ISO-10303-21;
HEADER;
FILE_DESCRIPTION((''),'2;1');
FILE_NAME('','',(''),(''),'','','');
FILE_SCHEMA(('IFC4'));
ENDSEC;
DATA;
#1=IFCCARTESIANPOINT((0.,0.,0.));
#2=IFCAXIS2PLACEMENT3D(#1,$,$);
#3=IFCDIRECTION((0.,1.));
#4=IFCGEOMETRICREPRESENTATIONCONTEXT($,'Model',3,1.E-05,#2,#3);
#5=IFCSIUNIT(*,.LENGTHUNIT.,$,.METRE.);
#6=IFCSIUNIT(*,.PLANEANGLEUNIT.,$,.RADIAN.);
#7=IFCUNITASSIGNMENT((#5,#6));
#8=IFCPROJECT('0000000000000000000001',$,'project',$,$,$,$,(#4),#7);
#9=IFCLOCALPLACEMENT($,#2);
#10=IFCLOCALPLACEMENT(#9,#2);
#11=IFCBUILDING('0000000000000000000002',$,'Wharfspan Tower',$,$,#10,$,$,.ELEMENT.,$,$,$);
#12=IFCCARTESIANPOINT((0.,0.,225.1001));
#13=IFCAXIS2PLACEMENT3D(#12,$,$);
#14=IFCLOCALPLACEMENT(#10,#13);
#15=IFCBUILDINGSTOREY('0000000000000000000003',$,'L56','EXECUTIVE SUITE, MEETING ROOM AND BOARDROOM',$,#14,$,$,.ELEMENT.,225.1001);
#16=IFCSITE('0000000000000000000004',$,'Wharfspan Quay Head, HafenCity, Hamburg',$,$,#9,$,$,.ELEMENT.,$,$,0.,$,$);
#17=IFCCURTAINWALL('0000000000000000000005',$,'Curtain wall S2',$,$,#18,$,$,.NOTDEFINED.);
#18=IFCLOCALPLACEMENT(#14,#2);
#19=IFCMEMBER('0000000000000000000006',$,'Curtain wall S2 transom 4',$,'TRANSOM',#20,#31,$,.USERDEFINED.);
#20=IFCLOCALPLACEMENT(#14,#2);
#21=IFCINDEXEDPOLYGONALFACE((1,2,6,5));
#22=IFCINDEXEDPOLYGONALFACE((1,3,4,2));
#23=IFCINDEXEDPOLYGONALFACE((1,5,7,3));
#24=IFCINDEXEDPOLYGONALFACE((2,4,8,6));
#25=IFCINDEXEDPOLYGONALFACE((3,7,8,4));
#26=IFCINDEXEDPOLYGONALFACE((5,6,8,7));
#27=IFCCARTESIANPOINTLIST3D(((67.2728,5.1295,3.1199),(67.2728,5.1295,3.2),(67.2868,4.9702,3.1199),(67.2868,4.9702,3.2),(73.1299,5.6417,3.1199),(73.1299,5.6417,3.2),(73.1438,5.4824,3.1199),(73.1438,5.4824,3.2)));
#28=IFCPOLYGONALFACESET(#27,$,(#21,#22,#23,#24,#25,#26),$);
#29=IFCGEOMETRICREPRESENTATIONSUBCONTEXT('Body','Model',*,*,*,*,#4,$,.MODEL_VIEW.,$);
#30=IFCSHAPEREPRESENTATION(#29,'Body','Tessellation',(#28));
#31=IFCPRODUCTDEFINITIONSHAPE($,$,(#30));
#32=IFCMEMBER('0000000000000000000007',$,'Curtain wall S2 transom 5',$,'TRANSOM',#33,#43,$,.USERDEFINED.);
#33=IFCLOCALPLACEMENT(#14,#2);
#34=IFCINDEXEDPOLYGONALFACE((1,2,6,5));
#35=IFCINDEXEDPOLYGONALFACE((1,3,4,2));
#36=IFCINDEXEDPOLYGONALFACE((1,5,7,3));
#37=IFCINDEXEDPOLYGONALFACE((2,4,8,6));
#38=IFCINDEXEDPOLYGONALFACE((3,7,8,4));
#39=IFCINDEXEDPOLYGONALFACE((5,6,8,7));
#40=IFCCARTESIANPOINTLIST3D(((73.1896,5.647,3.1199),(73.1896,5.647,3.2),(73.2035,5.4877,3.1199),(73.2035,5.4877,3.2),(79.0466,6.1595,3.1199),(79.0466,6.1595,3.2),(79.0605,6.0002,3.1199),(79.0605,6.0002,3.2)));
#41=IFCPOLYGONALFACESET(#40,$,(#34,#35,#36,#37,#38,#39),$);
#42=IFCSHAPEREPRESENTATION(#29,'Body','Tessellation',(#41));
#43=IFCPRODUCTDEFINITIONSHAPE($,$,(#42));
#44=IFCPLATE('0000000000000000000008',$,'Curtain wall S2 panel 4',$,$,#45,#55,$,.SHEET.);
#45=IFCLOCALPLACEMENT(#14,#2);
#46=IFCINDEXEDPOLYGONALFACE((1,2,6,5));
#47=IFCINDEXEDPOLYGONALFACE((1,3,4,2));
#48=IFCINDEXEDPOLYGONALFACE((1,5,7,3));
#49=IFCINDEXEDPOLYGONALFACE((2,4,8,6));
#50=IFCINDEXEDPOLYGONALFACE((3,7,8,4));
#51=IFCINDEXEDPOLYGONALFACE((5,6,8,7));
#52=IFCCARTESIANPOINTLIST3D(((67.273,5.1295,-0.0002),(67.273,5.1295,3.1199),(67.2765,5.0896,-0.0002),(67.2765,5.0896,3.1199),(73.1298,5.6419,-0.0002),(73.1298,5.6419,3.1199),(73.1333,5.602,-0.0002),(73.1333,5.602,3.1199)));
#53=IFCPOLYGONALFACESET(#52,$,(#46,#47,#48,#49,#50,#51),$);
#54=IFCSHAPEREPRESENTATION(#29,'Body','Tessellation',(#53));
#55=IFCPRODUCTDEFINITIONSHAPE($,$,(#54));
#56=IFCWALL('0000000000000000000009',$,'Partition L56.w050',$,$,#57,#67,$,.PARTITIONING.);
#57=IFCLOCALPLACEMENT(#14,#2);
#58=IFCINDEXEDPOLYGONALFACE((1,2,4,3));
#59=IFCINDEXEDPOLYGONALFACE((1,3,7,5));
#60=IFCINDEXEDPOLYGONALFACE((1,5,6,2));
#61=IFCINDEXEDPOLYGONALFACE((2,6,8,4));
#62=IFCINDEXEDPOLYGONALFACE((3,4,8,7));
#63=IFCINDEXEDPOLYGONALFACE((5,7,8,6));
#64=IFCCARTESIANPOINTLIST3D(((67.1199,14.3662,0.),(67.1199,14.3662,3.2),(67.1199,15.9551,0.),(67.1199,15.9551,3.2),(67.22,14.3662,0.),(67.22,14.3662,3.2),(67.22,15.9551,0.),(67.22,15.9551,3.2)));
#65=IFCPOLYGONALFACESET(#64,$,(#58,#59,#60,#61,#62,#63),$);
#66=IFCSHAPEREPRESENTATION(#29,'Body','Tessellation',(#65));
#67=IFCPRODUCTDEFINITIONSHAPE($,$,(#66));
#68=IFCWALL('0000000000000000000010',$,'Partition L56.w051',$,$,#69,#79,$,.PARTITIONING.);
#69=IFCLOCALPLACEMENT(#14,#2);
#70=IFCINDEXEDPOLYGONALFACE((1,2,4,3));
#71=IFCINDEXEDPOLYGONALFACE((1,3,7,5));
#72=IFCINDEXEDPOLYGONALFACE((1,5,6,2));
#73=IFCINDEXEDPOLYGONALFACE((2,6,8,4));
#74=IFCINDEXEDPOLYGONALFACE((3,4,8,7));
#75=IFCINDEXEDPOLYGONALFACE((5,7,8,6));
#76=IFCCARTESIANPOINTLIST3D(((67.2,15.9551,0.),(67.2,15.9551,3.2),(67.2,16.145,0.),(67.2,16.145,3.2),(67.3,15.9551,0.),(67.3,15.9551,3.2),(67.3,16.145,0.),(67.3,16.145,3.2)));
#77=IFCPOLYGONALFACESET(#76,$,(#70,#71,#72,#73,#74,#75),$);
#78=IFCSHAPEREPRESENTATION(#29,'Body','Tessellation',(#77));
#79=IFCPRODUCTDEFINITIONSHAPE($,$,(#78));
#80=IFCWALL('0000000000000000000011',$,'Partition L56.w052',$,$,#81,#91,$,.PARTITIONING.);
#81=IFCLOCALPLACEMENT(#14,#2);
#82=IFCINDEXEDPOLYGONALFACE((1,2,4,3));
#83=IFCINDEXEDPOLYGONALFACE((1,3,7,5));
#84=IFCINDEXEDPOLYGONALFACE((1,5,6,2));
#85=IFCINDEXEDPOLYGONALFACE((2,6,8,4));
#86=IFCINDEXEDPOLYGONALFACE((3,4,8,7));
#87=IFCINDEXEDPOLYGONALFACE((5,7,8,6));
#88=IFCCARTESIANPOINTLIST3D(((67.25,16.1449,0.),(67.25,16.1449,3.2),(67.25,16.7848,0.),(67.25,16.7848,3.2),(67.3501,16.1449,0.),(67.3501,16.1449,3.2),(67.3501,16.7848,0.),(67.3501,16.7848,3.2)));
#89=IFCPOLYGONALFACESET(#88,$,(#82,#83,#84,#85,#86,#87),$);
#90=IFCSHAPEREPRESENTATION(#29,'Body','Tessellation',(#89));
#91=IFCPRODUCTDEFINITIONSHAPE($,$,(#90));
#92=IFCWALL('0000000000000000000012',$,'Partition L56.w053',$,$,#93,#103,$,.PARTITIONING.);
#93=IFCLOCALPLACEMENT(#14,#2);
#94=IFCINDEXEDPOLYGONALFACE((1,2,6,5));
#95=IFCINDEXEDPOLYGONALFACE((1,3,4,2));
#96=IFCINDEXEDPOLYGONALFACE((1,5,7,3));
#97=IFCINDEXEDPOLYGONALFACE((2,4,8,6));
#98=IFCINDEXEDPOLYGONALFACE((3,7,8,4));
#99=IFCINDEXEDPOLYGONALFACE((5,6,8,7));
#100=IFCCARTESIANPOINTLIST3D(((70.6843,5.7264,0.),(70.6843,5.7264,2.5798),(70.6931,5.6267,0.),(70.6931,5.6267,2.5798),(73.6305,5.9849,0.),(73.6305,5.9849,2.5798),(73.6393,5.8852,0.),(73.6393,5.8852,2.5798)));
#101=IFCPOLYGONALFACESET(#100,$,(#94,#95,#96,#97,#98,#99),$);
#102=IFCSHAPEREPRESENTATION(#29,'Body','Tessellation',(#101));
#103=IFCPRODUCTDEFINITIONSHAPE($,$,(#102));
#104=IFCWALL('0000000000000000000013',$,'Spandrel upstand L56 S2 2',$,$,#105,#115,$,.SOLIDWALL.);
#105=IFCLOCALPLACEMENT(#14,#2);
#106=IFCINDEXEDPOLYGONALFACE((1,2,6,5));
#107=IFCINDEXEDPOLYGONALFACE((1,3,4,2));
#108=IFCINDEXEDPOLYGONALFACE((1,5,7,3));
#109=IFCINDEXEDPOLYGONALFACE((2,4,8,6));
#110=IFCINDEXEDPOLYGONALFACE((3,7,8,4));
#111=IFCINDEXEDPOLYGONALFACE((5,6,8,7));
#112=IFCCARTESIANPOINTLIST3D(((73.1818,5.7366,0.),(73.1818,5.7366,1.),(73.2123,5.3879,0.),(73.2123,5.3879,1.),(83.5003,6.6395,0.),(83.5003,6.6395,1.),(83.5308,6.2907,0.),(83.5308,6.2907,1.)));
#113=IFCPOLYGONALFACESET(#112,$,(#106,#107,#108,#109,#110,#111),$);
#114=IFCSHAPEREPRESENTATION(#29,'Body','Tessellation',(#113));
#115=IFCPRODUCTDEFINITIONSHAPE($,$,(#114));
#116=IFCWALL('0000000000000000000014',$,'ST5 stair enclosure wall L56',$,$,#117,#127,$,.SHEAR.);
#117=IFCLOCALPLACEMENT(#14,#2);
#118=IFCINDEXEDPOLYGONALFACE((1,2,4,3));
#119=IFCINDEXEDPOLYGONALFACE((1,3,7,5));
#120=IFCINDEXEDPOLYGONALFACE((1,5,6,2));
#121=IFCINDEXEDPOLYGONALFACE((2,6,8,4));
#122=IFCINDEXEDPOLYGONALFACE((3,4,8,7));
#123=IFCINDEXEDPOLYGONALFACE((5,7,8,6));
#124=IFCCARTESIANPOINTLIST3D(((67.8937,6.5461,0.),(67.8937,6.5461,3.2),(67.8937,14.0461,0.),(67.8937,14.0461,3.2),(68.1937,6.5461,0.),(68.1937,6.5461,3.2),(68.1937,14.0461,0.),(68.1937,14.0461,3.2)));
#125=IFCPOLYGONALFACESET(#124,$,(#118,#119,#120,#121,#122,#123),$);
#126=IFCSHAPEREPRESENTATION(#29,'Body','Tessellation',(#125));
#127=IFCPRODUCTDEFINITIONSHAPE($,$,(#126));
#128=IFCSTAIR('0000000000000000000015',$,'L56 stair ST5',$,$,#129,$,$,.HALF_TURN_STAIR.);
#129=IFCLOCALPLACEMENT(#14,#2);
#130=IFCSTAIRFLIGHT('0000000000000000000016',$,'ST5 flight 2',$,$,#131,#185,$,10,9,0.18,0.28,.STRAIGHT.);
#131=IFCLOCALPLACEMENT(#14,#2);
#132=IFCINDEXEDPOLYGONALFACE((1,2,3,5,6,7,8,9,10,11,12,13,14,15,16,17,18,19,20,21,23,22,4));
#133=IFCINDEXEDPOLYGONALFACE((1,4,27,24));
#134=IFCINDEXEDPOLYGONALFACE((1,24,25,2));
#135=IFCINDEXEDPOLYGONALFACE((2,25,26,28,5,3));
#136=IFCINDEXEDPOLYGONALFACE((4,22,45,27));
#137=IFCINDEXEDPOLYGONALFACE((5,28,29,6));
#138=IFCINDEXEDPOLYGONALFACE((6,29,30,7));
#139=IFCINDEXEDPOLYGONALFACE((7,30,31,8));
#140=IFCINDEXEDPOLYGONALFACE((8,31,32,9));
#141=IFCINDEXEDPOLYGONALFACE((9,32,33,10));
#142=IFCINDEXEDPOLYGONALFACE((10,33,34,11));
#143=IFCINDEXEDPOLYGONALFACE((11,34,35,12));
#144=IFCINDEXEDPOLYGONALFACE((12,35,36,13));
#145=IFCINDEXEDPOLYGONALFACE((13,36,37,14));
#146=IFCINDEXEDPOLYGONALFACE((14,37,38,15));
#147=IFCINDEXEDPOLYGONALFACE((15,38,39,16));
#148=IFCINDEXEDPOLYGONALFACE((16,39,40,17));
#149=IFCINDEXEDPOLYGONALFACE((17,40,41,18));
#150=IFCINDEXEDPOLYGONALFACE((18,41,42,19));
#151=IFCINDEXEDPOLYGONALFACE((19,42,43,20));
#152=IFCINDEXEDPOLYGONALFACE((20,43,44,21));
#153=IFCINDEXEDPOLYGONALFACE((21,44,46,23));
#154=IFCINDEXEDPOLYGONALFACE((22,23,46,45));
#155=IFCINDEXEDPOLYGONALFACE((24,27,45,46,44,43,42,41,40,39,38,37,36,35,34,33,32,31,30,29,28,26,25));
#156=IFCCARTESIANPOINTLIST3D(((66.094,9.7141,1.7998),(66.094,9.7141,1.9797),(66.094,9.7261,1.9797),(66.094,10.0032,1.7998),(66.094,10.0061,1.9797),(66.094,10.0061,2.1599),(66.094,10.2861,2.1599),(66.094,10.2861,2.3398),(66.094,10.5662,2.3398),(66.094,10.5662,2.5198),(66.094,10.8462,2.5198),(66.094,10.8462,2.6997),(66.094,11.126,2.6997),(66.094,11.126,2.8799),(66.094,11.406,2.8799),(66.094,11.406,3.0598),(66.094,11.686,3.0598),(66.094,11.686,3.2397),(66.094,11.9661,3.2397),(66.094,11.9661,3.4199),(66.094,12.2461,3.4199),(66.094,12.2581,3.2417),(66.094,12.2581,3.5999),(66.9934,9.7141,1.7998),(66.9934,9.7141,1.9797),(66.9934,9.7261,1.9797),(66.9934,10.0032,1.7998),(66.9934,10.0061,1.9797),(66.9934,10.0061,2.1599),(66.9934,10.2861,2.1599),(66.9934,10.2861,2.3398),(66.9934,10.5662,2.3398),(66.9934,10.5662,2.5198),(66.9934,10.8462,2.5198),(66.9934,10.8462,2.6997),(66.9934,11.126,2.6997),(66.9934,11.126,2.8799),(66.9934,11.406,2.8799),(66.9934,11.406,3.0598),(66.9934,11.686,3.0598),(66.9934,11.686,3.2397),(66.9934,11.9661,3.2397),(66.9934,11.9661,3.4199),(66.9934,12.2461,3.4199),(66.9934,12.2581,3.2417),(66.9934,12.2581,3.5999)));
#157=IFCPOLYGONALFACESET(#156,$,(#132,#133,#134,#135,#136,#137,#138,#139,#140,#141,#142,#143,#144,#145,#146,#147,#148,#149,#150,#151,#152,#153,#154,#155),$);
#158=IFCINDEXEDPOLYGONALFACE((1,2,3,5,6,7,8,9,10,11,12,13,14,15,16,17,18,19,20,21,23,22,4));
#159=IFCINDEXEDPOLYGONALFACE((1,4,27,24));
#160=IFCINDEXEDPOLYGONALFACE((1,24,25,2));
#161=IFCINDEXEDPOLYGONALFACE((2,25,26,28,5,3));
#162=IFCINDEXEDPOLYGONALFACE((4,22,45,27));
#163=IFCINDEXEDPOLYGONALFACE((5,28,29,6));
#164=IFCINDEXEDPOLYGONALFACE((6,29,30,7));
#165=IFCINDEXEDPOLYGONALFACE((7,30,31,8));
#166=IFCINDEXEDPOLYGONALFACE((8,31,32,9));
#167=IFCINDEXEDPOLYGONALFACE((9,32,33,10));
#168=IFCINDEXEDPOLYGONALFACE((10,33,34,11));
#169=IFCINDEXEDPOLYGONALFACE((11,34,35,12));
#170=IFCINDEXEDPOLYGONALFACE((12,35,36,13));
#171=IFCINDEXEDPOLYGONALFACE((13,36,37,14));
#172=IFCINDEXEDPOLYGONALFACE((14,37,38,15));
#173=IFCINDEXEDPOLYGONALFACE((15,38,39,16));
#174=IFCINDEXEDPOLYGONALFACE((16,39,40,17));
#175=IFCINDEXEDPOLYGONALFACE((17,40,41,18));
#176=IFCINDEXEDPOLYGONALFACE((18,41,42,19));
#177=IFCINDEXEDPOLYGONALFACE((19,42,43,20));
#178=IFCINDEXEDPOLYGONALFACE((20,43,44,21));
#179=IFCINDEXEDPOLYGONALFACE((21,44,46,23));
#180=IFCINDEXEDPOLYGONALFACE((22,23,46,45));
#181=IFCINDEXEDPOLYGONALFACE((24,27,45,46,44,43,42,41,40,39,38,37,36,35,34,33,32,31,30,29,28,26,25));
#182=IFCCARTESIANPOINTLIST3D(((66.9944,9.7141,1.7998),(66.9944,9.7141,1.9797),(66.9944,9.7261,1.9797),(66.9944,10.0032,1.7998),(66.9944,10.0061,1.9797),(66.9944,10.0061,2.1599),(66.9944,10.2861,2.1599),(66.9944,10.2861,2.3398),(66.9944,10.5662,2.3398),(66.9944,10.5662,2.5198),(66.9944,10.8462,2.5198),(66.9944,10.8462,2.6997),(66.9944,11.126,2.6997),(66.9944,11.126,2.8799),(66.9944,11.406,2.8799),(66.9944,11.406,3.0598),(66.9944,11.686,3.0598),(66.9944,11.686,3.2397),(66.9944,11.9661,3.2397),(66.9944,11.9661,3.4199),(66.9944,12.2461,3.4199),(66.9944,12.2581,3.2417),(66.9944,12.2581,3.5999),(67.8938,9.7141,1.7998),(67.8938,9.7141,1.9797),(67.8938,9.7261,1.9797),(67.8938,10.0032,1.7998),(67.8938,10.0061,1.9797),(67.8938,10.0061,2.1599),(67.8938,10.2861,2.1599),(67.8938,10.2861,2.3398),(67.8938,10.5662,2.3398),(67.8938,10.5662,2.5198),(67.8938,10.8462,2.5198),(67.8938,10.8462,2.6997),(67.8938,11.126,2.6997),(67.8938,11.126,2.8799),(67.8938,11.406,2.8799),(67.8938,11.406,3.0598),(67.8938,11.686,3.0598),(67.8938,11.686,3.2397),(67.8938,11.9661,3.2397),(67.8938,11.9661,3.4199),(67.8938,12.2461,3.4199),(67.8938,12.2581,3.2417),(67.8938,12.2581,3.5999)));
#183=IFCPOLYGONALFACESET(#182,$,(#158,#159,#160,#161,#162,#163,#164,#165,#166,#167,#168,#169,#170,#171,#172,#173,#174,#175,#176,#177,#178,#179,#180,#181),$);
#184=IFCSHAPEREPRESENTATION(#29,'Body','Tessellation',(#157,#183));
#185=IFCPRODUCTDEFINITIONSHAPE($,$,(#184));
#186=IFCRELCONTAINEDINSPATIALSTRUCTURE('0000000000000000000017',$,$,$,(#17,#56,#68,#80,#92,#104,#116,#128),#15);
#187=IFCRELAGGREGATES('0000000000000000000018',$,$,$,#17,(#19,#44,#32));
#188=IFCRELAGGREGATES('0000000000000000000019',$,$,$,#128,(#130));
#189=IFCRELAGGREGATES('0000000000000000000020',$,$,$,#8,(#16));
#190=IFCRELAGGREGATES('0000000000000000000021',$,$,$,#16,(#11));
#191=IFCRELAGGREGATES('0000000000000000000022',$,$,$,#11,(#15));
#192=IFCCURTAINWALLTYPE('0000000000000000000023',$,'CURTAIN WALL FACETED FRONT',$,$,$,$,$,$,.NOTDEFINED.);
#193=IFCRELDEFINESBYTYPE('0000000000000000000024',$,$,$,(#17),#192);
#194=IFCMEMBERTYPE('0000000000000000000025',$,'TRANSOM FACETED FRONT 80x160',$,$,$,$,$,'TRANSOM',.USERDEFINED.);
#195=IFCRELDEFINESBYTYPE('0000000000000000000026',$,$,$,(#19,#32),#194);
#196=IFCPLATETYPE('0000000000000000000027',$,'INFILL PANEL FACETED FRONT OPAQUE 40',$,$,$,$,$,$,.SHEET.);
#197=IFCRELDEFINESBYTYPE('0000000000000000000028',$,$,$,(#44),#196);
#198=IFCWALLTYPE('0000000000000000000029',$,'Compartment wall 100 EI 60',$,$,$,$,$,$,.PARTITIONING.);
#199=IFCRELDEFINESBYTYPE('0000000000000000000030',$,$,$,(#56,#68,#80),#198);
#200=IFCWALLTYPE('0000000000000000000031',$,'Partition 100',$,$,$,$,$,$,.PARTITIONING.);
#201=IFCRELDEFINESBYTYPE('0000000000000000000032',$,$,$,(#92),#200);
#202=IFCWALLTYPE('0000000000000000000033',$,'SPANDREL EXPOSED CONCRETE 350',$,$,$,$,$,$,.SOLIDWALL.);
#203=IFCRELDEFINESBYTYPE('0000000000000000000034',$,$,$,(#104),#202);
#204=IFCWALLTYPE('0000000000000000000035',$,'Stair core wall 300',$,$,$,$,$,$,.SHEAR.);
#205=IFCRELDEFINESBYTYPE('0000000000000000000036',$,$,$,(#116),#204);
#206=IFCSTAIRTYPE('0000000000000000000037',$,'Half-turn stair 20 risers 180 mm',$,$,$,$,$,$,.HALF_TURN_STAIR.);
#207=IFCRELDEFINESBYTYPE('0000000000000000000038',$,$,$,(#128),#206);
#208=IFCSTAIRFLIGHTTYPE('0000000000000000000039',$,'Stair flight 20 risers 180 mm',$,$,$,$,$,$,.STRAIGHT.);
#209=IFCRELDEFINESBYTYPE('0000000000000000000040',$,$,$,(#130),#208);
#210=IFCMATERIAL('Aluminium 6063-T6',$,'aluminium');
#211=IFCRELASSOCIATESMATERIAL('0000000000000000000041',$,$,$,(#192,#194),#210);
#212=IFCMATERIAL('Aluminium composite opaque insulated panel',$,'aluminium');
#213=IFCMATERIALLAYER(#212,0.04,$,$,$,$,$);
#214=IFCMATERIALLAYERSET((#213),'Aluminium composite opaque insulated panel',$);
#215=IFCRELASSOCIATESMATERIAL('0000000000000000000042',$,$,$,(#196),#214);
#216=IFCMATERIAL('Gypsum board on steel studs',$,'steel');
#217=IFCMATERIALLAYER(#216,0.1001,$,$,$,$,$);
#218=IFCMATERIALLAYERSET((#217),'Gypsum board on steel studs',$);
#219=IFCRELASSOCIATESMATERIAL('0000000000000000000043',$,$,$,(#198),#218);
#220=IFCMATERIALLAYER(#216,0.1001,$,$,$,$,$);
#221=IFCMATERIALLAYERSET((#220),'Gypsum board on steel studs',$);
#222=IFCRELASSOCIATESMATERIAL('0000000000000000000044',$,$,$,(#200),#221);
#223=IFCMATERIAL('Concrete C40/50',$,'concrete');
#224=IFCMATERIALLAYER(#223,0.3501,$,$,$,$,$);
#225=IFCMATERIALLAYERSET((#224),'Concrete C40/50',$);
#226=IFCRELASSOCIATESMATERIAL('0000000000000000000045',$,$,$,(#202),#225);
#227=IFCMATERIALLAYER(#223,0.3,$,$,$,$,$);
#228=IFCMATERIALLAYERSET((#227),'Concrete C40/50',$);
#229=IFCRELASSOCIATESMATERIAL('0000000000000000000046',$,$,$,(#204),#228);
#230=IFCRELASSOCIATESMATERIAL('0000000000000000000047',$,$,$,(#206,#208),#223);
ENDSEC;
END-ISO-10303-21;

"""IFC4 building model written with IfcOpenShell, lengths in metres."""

from ifc_helpers import new_model, si_unit, direction, frame, frame_2d, origin, origin_2d, place, context, subcontext, project, spatial, polyline, rectangle, outline, extrude, material, layer, layer_set, material_profile, profile_set, type_object, element, aggregate, save


model = new_model("IFC4")

# Units and contexts
model_context = context("Model", 3, precision=1e-05, world=origin(), true_north=direction((0.0, 1.0)))
body_context = subcontext(model_context, "Body", "Model", "MODEL_VIEW")
ifc_project = project(units=[si_unit("LENGTHUNIT", "METRE"), si_unit("PLANEANGLEUNIT", "RADIAN")], contexts=[model_context])

# Site, building, storey
site_placement = place(None, origin())
site = spatial("IfcSite", under=ifc_project, at=site_placement, Name="Wharfspan Quay Head, HafenCity, Hamburg", CompositionType="ELEMENT", RefElevation=0.0)
building_placement = place(site_placement, origin())
building = spatial("IfcBuilding", under=site, at=building_placement, Name="Wharfspan Tower", CompositionType="ELEMENT")
storey_placement = place(building_placement, frame((0.0, 0.0, 225.1001)))
storey = spatial("IfcBuildingStorey", under=building, at=storey_placement, Name="L56", Description="EXECUTIVE SUITE, MEETING ROOM AND BOARDROOM", CompositionType="ELEMENT", Elevation=225.1001)

# Curtain wall
ifc_material_1 = material(Name="Aluminium 6063-T6", Category="aluminium")
curtain_wall_type = type_object("IfcCurtainWallType", Name="CURTAIN WALL FACETED FRONT", PredefinedType="NOTDEFINED", material=ifc_material_1)
curtain_wall_placement = place(storey_placement, origin())
curtain_wall = element("IfcCurtainWall", 1, at=curtain_wall_placement, inside=storey, type_object=curtain_wall_type, Name="Curtain wall S2", PredefinedType="NOTDEFINED")

# Members
ifc_material_profile_1 = material_profile(ifc_material_1, rectangle(XDim=0.1599, YDim=0.0801, at=origin_2d()))
ifc_profile_set_1 = profile_set([ifc_material_profile_1], Name="Aluminium 6063-T6")
member_type_1 = type_object("IfcMemberType", Name="TRANSOM FACETED FRONT 80x160", ElementType="TRANSOM", PredefinedType="USERDEFINED", material=ifc_profile_set_1)
member_1_placement = place(storey_placement, frame((67.2798, 5.0498, 3.1599), z_axis=(0.996198, 0.087121, 0.0), x_axis=(-0.087121, 0.996198, 0.0)))
member_1 = element("IfcMember", 2, at=member_1_placement, type_object=member_type_1, Name="Curtain wall S2 transom 4", ObjectType="TRANSOM", PredefinedType="USERDEFINED", context=body_context, shape_type="SweptSolid", body=[
    extrude(rectangle(XDim=0.1599, YDim=0.0801, at=origin_2d()), origin(), (0.0, 0.0, 1.0), 5.8794),
])
member_2_placement = place(storey_placement, frame((73.1965, 5.5674, 3.1599), z_axis=(0.996194, 0.087162, 0.0), x_axis=(-0.087162, 0.996194, 0.0)))
member_2 = element("IfcMember", 3, at=member_2_placement, type_object=member_type_1, Name="Curtain wall S2 transom 5", ObjectType="TRANSOM", PredefinedType="USERDEFINED", context=body_context, shape_type="SweptSolid", body=[
    extrude(rectangle(XDim=0.1599, YDim=0.0801, at=origin_2d()), origin(), (0.0, 0.0, 1.0), 5.8794),
])

# Plate
ifc_material_2 = material(Name="Aluminium composite opaque insulated panel", Category="aluminium")
ifc_layer_1 = layer(ifc_material_2, 0.04)
ifc_layer_set_1 = layer_set([ifc_layer_1], Name="Aluminium composite opaque insulated panel")
plate_type = type_object("IfcPlateType", Name="INFILL PANEL FACETED FRONT OPAQUE 40", PredefinedType="SHEET", material=ifc_layer_set_1)
plate_placement = place(storey_placement, frame((70.2031, 5.3657, -0.0002), z_axis=(0.0, 0.0, 1.0), x_axis=(0.996197, 0.087156, 0.0)))
plate = element("IfcPlate", 4, at=plate_placement, type_object=plate_type, Name="Curtain wall S2 panel 4", PredefinedType="SHEET", context=body_context, shape_type="SweptSolid", body=[
    extrude(rectangle(XDim=5.8792, YDim=0.04, at=origin_2d()), origin(), (0.0, 0.0, 1.0), 3.1201),
])
aggregate(curtain_wall, [member_1, plate, member_2])

# Walls
ifc_material_3 = material(Name="Gypsum board on steel studs", Category="steel")
ifc_layer_2 = layer(ifc_material_3, 0.1001)
ifc_layer_set_2 = layer_set([ifc_layer_2], Name="Gypsum board on steel studs")
wall_type_1 = type_object("IfcWallType", Name="Compartment wall 100 EI 60", PredefinedType="PARTITIONING", material=ifc_layer_set_2)
wall_1_placement = place(storey_placement, frame((67.1699, 14.3662, 0.0), z_axis=(0.0, 0.0, 1.0), x_axis=(0.0, 1.0, 0.0)))
element("IfcWall", 5, at=wall_1_placement, inside=storey, type_object=wall_type_1, Name="Partition L56.w050", PredefinedType="PARTITIONING", context=body_context, shape_type="SweptSolid", body=[
    extrude(rectangle(XDim=1.5889, YDim=0.1001, at=frame_2d((0.7944, 0.0))), origin(), (0.0, 0.0, 1.0), 3.2),
])
wall_2_placement = place(storey_placement, frame((67.25, 15.9551, 0.0), z_axis=(0.0, 0.0, 1.0), x_axis=(0.0, 1.0, 0.0)))
element("IfcWall", 6, at=wall_2_placement, inside=storey, type_object=wall_type_1, Name="Partition L56.w051", PredefinedType="PARTITIONING", context=body_context, shape_type="SweptSolid", body=[
    extrude(rectangle(XDim=0.1899, YDim=0.1001, at=frame_2d((0.095, 0.0))), origin(), (0.0, 0.0, 1.0), 3.2),
])
wall_3_placement = place(storey_placement, frame((67.3, 16.145, 0.0), z_axis=(0.0, 0.0, 1.0), x_axis=(0.0, 1.0, 0.0)))
element("IfcWall", 7, at=wall_3_placement, inside=storey, type_object=wall_type_1, Name="Partition L56.w052", PredefinedType="PARTITIONING", context=body_context, shape_type="SweptSolid", body=[
    extrude(rectangle(XDim=0.6399, YDim=0.1001, at=frame_2d((0.3198, 0.0))), origin(), (0.0, 0.0, 1.0), 3.2),
])
ifc_layer_3 = layer(ifc_material_3, 0.1001)
ifc_layer_set_3 = layer_set([ifc_layer_3], Name="Gypsum board on steel studs")
wall_type_2 = type_object("IfcWallType", Name="Partition 100", PredefinedType="PARTITIONING", material=ifc_layer_set_3)
wall_4_placement = place(storey_placement, frame((70.6887, 5.6765, 0.0), z_axis=(0.0, 0.0, 1.0), x_axis=(0.996174, 0.087417, 0.0)))
element("IfcWall", 8, at=wall_4_placement, inside=storey, type_object=wall_type_2, Name="Partition L56.w053", PredefinedType="PARTITIONING", context=body_context, shape_type="SweptSolid", body=[
    extrude(rectangle(XDim=2.9575, YDim=0.1001, at=frame_2d((1.4788, 0.0))), origin(), (0.0, 0.0, 1.0), 2.5798),
])
ifc_material_4 = material(Name="Concrete C40/50", Category="concrete")
ifc_layer_4 = layer(ifc_material_4, 0.3501)
ifc_layer_set_4 = layer_set([ifc_layer_4], Name="Concrete C40/50")
wall_type_3 = type_object("IfcWallType", Name="SPANDREL EXPOSED CONCRETE 350", PredefinedType="SOLIDWALL", material=ifc_layer_set_4)
wall_5_placement = place(storey_placement, frame((73.197, 5.5623, 0.0), z_axis=(0.0, 0.0, 1.0), x_axis=(0.996198, 0.087163, 0.0)))
element("IfcWall", 9, at=wall_5_placement, inside=storey, type_object=wall_type_3, Name="Spandrel upstand L56 S2 2", PredefinedType="SOLIDWALL", context=body_context, shape_type="SweptSolid", body=[
    extrude(rectangle(XDim=10.3579, YDim=0.3501, at=frame_2d((5.179, 0.0))), origin(), (0.0, 0.0, 1.0), 1.0),
])
ifc_layer_5 = layer(ifc_material_4, 0.3)
ifc_layer_set_5 = layer_set([ifc_layer_5], Name="Concrete C40/50")
wall_type_4 = type_object("IfcWallType", Name="Stair core wall 300", PredefinedType="SHEAR", material=ifc_layer_set_5)
wall_6_placement = place(storey_placement, frame((68.0437, 6.5461, 0.0), z_axis=(0.0, 0.0, 1.0), x_axis=(0.0, 1.0, 0.0)))
element("IfcWall", 10, at=wall_6_placement, inside=storey, type_object=wall_type_4, Name="ST5 stair enclosure wall L56", PredefinedType="SHEAR", context=body_context, shape_type="SweptSolid", body=[
    extrude(rectangle(XDim=7.5, YDim=0.3, at=frame_2d((3.75, 0.0))), origin(), (0.0, 0.0, 1.0), 3.2),
])

# Stair, stair flight
stair_type = type_object("IfcStairType", Name="Half-turn stair 20 risers 180 mm", PredefinedType="HALF_TURN_STAIR", material=ifc_material_4)
stair_placement = place(storey_placement, origin())
stair = element("IfcStair", 11, at=stair_placement, inside=storey, type_object=stair_type, Name="L56 stair ST5", PredefinedType="HALF_TURN_STAIR")
stair_flight_type = type_object("IfcStairFlightType", Name="Stair flight 20 risers 180 mm", PredefinedType="STRAIGHT", material=ifc_material_4)
stair_flight_placement = place(storey_placement, frame((66.9939, 9.7261, 1.7998), z_axis=(0.0, 0.0, 1.0), x_axis=(0.0, 1.0, 0.0)))
stair_flight = element("IfcStairFlight", 12, at=stair_flight_placement, type_object=stair_flight_type, Name="ST5 flight 2", NumberOfRisers=10, NumberOfTreads=9, PredefinedType="STRAIGHT", RiserHeight=0.18, TreadLength=0.28, context=body_context, shape_type="SweptSolid", body=[
    extrude(outline(polyline([(-0.012, 0.0), (-0.012, 0.1799), (0.0, 0.1799), (0.28, 0.1799), (0.28, 0.3601), (0.5601, 0.3601), (0.5601, 0.54), (0.8401, 0.54), (0.8401, 0.72), (1.1201, 0.72), (1.1201, 0.8999), (1.3999, 0.8999), (1.3999, 1.0801), (1.6799, 1.0801), (1.6799, 1.26), (1.96, 1.26), (1.96, 1.4399), (2.24, 1.4399), (2.24, 1.6201), (2.52, 1.6201), (2.532, 1.8), (2.532, 1.4419), (0.2771, 0.0), (-0.012, 0.0)])), frame((0.0, 0.8999, 0.0), z_axis=(0.0, -1.0, 0.0), x_axis=(1.0, 0.0, 0.0)), (0.0, 0.0, 1.0), 0.8994),
    extrude(outline(polyline([(-0.012, 0.0), (-0.012, 0.1799), (0.0, 0.1799), (0.28, 0.1799), (0.28, 0.3601), (0.5601, 0.3601), (0.5601, 0.54), (0.8401, 0.54), (0.8401, 0.72), (1.1201, 0.72), (1.1201, 0.8999), (1.3999, 0.8999), (1.3999, 1.0801), (1.6799, 1.0801), (1.6799, 1.26), (1.96, 1.26), (1.96, 1.4399), (2.24, 1.4399), (2.24, 1.6201), (2.52, 1.6201), (2.532, 1.8), (2.532, 1.4419), (0.2771, 0.0), (-0.012, 0.0)])), frame((0.0, -0.0005, 0.0), z_axis=(0.0, -1.0, 0.0), x_axis=(1.0, 0.0, 0.0)), (0.0, 0.0, 1.0), 0.8994),
])
aggregate(stair, [stair_flight])

save(model, "model.ifc")
